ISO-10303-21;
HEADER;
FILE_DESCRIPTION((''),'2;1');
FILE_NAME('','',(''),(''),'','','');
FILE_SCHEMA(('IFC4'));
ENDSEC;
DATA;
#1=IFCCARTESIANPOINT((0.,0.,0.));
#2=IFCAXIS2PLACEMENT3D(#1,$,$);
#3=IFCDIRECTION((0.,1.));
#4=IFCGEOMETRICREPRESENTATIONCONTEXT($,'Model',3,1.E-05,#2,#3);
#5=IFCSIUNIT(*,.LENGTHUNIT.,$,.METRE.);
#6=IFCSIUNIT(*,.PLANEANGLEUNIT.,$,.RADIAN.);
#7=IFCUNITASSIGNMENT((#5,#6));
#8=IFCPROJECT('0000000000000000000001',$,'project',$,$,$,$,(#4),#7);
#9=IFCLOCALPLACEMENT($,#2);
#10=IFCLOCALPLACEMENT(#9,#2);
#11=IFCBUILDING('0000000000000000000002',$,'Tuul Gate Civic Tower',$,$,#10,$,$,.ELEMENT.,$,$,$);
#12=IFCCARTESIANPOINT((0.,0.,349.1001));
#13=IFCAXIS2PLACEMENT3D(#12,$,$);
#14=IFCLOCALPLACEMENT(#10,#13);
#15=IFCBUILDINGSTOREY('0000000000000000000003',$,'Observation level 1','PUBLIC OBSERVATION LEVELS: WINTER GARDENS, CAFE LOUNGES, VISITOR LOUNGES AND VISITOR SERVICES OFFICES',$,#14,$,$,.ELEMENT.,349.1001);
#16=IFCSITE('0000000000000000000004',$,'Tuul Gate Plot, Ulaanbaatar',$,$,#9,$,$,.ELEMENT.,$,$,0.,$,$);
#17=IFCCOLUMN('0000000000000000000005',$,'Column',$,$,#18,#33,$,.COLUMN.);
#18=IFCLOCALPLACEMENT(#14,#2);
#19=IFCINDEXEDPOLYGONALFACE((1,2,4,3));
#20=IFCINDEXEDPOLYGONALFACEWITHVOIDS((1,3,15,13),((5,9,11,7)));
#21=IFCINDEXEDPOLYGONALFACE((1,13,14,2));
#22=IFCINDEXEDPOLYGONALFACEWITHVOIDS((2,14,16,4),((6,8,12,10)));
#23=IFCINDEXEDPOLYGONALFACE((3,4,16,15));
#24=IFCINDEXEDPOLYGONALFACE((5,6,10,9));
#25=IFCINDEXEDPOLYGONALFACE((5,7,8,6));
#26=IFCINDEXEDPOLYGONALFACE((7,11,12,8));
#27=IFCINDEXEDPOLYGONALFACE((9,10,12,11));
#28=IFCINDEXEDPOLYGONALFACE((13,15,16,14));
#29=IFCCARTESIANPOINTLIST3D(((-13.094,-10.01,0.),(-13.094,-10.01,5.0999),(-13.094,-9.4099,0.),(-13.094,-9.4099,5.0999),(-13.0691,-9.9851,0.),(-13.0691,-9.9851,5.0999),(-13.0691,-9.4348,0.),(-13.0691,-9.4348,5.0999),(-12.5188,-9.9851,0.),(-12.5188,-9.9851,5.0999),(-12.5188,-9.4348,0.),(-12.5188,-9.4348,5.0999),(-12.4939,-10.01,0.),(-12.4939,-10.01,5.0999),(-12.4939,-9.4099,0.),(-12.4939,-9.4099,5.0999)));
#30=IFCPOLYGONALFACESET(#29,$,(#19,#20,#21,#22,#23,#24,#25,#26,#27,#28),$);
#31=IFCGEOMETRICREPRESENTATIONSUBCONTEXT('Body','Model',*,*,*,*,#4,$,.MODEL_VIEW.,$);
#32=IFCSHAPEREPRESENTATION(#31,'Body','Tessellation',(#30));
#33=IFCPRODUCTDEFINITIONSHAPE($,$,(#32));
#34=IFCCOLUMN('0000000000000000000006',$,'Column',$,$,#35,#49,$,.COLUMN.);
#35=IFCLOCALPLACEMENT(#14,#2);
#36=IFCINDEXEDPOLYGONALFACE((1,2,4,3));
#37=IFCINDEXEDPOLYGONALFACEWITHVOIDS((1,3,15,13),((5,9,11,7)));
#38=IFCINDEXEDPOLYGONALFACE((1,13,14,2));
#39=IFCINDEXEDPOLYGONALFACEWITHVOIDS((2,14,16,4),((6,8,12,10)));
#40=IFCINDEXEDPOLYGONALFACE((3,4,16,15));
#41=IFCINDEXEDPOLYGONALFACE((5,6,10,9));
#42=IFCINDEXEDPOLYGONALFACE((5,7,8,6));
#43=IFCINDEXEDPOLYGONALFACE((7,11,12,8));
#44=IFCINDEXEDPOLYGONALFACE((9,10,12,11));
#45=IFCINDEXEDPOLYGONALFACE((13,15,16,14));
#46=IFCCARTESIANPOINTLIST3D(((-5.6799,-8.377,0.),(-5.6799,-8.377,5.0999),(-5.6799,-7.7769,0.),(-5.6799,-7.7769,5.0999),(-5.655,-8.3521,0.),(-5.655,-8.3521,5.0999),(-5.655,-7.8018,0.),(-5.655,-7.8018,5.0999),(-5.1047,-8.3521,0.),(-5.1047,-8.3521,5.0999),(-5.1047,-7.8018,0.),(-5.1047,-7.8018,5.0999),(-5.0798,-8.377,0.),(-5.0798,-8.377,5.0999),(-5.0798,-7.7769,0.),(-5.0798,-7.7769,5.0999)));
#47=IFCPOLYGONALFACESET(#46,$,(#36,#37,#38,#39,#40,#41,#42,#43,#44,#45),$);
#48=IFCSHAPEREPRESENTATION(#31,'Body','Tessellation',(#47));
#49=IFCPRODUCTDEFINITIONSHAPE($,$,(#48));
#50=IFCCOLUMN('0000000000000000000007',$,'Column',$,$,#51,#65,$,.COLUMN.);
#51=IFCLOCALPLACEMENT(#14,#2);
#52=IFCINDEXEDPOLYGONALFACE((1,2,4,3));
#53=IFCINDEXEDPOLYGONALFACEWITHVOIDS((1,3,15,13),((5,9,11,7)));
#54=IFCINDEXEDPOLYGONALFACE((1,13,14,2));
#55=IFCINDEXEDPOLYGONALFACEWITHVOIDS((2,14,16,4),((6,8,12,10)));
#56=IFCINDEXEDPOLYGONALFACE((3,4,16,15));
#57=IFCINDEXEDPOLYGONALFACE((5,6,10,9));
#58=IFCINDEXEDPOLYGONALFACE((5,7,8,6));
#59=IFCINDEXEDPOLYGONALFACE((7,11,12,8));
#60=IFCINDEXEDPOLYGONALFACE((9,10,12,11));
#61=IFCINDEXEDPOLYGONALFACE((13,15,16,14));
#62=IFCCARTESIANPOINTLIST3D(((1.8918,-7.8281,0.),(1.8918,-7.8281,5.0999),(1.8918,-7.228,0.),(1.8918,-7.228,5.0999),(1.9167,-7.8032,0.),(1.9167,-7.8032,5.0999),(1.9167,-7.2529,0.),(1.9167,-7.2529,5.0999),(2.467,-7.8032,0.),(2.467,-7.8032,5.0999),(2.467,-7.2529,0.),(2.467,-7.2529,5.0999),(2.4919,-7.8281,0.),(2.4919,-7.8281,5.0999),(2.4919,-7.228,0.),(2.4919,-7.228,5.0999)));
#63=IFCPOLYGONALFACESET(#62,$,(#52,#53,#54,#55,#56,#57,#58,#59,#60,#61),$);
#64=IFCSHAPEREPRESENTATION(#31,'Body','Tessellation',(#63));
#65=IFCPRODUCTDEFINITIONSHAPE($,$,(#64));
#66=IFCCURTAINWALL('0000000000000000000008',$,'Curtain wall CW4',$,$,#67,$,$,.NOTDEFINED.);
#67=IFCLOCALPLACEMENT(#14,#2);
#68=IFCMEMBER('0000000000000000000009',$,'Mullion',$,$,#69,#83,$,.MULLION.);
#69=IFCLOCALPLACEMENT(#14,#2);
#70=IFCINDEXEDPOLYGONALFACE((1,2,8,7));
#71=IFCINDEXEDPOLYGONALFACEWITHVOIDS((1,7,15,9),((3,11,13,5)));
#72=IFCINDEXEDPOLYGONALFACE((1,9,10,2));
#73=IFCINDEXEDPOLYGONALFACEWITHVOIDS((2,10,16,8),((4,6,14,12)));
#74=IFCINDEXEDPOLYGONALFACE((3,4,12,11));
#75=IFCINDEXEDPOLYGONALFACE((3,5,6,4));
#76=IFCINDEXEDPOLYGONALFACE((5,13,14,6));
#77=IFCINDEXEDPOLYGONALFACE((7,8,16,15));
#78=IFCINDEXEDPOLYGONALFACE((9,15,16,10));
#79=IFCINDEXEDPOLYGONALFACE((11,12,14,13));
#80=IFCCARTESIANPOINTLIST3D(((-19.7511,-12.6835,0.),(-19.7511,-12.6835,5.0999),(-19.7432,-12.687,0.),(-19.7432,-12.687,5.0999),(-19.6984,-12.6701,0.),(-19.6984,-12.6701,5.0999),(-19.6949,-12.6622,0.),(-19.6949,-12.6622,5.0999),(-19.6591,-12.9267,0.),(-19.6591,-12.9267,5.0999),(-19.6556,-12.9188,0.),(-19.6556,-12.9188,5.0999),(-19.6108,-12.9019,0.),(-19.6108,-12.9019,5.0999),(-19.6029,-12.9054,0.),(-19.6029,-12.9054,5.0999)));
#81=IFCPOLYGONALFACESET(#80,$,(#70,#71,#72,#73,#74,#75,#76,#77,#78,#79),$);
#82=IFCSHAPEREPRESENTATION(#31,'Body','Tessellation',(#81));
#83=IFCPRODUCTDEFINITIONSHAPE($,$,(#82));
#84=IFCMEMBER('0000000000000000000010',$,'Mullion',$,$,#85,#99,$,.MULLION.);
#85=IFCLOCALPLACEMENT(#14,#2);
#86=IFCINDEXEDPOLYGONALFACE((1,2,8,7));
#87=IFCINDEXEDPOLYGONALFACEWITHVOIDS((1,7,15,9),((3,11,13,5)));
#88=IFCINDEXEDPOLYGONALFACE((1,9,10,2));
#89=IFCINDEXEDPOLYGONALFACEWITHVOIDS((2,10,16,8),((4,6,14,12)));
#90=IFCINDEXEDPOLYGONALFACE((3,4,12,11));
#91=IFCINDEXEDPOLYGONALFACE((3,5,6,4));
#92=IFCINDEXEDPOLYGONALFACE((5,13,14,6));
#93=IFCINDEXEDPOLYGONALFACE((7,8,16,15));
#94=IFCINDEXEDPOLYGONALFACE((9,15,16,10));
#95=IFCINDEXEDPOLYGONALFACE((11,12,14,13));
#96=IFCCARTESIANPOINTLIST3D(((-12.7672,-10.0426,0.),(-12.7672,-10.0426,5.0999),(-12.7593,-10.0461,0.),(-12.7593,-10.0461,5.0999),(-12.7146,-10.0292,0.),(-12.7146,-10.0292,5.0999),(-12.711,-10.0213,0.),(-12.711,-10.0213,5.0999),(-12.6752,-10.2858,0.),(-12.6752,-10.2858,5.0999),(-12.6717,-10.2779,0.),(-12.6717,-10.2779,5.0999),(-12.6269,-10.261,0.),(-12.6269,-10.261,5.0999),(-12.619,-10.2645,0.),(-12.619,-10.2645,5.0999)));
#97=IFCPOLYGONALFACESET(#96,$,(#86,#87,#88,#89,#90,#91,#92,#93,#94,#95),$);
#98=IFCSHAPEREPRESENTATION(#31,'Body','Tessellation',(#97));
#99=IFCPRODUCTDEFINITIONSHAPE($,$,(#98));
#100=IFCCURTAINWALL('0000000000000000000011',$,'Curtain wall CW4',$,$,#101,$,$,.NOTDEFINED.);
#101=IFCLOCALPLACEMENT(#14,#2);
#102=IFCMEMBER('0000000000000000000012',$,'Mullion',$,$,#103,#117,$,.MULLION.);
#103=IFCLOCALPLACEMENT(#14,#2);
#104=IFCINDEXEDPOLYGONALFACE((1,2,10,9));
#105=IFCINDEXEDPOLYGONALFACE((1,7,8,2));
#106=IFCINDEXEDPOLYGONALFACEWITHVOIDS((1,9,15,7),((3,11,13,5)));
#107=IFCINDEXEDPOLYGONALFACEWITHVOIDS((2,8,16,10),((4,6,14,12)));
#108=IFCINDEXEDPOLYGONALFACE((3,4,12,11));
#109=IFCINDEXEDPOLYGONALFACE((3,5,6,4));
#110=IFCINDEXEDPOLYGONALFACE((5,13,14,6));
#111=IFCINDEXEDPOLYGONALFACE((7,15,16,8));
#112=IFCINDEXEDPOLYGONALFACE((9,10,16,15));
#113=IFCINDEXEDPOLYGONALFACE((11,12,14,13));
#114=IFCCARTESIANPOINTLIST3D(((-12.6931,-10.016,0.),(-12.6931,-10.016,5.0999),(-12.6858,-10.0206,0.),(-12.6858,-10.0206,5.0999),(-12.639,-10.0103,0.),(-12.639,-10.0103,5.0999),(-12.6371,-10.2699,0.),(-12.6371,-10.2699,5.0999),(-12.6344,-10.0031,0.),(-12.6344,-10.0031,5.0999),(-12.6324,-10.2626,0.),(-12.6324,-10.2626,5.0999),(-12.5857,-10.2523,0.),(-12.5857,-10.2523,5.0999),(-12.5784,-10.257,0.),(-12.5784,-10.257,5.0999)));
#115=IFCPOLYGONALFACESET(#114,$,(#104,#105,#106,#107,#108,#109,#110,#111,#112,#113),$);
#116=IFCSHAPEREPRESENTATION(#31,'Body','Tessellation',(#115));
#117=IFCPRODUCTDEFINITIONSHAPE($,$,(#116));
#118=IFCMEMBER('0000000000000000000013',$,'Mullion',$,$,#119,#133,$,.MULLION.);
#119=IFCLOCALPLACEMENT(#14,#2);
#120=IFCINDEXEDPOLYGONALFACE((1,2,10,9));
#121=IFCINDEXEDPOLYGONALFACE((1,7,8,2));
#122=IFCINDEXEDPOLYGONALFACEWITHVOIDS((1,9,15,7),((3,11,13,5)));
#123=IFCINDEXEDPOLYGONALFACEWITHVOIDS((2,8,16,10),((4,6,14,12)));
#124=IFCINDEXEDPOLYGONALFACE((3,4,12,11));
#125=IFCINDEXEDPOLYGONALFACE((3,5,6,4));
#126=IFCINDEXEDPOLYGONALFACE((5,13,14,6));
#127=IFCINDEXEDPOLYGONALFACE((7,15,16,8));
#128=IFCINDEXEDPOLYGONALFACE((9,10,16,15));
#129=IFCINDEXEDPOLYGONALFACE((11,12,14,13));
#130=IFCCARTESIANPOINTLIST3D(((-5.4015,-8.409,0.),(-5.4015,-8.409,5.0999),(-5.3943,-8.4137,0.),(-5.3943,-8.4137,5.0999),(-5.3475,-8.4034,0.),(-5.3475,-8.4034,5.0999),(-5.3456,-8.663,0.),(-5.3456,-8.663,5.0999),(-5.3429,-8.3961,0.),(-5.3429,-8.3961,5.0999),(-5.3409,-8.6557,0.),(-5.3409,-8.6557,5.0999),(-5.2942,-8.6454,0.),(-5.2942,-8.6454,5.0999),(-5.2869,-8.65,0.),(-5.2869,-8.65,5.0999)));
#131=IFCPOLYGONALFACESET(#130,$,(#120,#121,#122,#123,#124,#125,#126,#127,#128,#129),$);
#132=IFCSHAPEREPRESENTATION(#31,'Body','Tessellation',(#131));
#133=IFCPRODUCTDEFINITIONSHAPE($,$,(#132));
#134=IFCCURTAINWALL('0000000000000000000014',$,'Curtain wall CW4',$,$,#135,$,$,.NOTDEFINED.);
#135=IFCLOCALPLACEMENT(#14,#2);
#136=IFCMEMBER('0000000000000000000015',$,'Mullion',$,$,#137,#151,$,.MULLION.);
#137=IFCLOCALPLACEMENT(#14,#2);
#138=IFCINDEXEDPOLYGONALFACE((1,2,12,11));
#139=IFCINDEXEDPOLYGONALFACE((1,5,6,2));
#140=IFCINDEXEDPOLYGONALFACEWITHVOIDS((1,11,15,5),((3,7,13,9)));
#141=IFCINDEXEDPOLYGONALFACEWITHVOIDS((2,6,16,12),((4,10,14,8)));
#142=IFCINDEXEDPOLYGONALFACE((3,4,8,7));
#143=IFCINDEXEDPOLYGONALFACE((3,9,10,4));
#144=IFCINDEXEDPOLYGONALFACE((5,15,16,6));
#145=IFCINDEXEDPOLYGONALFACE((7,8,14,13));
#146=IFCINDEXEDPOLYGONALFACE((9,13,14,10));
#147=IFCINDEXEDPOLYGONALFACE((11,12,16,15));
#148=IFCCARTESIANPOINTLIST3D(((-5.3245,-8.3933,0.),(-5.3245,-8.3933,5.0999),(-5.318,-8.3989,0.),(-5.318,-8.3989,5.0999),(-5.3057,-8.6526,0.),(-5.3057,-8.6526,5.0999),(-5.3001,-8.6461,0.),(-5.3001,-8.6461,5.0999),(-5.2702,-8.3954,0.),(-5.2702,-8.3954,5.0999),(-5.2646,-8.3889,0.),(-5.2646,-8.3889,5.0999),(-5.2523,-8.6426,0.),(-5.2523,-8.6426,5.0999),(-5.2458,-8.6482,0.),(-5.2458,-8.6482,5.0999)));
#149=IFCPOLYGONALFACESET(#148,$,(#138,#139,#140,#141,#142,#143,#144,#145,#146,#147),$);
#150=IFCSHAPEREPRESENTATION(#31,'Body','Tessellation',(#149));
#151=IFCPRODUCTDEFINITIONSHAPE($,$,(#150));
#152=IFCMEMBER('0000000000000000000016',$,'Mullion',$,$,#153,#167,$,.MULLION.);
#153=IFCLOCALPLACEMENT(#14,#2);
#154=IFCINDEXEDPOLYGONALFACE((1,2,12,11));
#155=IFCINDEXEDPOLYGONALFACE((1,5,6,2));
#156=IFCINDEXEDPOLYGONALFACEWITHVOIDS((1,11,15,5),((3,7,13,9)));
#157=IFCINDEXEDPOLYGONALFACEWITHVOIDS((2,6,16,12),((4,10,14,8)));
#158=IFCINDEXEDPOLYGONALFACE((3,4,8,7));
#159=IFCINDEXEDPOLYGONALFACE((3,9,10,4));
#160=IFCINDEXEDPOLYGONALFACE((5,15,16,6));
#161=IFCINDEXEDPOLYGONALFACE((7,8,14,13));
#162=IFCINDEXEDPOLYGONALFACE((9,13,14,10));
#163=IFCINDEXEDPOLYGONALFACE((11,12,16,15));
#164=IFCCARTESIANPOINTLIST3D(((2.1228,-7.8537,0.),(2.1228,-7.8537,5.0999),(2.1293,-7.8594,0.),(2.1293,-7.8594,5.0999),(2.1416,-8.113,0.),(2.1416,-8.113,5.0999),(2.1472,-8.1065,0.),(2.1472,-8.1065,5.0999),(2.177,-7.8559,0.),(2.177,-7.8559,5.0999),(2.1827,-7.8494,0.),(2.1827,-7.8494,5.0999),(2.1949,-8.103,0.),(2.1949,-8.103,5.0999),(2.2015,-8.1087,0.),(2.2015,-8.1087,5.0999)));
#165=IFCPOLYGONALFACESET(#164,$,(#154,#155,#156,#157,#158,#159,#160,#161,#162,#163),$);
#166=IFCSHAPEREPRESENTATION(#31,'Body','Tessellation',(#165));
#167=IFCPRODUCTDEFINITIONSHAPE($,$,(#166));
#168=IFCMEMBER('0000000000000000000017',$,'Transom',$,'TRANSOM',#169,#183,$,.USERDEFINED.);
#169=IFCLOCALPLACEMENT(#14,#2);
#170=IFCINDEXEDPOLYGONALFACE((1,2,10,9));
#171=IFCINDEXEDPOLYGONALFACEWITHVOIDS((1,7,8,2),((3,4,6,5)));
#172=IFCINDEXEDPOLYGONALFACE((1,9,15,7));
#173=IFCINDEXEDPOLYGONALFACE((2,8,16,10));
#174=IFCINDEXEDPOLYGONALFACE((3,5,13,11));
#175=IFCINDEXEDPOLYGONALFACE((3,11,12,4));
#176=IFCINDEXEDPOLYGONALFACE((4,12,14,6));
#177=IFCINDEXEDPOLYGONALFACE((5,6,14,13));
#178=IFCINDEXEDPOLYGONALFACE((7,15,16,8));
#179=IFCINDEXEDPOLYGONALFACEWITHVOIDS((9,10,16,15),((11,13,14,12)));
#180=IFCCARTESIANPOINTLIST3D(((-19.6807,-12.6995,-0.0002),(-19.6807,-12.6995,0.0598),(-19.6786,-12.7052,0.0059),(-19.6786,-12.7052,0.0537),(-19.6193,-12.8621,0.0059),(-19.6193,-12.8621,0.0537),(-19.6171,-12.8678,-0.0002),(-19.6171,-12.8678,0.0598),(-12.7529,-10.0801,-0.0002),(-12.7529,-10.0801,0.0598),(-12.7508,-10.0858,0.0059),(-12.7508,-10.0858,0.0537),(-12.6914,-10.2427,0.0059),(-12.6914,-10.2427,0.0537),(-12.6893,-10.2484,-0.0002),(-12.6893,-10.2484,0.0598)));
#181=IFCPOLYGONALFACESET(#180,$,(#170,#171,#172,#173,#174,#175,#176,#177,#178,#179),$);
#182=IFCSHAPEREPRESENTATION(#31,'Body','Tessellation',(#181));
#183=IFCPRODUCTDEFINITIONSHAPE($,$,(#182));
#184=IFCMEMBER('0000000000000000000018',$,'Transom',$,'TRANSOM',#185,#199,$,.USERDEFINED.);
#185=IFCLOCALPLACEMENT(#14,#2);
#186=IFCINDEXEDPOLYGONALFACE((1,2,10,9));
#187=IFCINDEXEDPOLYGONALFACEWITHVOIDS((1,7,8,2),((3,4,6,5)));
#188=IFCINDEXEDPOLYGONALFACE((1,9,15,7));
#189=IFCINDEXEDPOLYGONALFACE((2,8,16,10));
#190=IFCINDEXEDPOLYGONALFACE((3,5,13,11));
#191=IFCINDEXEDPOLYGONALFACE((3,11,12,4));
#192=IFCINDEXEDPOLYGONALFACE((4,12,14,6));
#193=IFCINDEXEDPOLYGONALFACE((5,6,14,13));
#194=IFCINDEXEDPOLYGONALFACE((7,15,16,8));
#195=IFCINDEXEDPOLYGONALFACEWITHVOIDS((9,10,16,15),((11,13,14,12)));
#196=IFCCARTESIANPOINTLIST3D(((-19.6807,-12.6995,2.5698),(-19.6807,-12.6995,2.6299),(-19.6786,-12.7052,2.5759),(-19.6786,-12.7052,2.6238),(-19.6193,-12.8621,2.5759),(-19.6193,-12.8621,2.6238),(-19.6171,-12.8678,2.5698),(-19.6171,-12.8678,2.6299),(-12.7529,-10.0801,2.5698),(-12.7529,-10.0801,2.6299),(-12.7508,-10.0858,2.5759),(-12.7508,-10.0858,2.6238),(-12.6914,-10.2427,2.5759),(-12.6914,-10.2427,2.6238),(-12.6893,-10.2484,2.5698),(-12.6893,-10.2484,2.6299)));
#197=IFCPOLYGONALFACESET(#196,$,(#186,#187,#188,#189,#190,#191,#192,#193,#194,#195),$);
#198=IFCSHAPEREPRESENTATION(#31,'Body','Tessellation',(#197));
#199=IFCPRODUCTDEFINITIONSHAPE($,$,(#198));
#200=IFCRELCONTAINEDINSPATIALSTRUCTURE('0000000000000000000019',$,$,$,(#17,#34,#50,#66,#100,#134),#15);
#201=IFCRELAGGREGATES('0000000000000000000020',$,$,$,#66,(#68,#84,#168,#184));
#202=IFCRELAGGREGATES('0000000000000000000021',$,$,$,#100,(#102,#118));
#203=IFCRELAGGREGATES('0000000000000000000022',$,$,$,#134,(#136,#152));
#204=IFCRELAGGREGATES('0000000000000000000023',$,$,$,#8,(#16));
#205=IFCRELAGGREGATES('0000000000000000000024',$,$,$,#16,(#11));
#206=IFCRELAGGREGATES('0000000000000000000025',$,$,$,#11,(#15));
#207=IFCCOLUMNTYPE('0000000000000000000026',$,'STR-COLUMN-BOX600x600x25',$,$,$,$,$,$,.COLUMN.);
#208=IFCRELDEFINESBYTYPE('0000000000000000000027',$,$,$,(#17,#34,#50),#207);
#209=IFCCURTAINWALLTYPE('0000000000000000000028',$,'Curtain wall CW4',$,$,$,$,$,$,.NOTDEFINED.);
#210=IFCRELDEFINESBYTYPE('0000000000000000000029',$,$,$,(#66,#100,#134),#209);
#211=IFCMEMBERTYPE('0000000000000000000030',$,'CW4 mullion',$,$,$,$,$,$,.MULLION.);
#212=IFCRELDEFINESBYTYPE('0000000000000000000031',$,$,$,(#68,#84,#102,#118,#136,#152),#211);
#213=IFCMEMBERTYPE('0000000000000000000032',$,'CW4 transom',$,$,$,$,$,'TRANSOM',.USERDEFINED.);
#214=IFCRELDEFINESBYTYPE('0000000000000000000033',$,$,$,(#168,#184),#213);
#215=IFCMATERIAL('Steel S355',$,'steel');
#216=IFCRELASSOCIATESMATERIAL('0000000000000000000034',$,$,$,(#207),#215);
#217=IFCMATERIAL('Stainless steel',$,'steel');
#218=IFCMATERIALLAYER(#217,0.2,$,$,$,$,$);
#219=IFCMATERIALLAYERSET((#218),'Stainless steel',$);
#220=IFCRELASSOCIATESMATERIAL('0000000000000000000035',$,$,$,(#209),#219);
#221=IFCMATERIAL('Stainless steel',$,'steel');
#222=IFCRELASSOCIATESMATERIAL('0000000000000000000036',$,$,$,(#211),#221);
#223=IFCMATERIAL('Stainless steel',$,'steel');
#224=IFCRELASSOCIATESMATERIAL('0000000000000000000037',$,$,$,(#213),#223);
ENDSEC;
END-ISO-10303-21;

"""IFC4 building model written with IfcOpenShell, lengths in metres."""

from ifc_helpers import new_model, si_unit, direction, frame, origin, origin_2d, place, context, subcontext, project, spatial, hollow_rectangle, extrude, material, layer, layer_set, material_profile, profile_set, type_object, element, aggregate, save


model = new_model("IFC4")

# Units and contexts
model_context = context("Model", 3, precision=1e-05, world=origin(), true_north=direction((0.0, 1.0)))
body_context = subcontext(model_context, "Body", "Model", "MODEL_VIEW")
ifc_project = project(units=[si_unit("LENGTHUNIT", "METRE"), si_unit("PLANEANGLEUNIT", "RADIAN")], contexts=[model_context])

# Site, building, storey
site_placement = place(None, origin())
site = spatial("IfcSite", under=ifc_project, at=site_placement, Name="Tuul Gate Plot, Ulaanbaatar", CompositionType="ELEMENT", RefElevation=0.0)
building_placement = place(site_placement, origin())
building = spatial("IfcBuilding", under=site, at=building_placement, Name="Tuul Gate Civic Tower", CompositionType="ELEMENT")
storey_placement = place(building_placement, frame((0.0, 0.0, 349.1001)))
storey = spatial("IfcBuildingStorey", under=building, at=storey_placement, Name="Observation level 1", Description="PUBLIC OBSERVATION LEVELS: WINTER GARDENS, CAFE LOUNGES, VISITOR LOUNGES AND VISITOR SERVICES OFFICES", CompositionType="ELEMENT", Elevation=349.1001)

# Columns
ifc_material_1 = material(Name="Steel S355", Category="steel")
ifc_material_profile_1 = material_profile(ifc_material_1, hollow_rectangle(XDim=0.6001, YDim=0.6001, WallThickness=0.0249, at=origin_2d()), Name="BOX600x600x25")
ifc_profile_set_1 = profile_set([ifc_material_profile_1], Name="Steel S355")
column_type = type_object("IfcColumnType", Name="STR-COLUMN-BOX600x600x25", PredefinedType="COLUMN", material=ifc_profile_set_1)
for number, where, z_axis, x_axis, name in (
    (1, (-12.7939, -9.71, 0.0), (0.0, 0.0, 1.0), (1.0, 0.0, 0.0), "Column"),
    (2, (-5.3799, -8.0769, 0.0), (0.0, 0.0, 1.0), (1.0, 0.0, 0.0), "Column"),
    (3, (2.1919, -7.5281, 0.0), (0.0, 0.0, 1.0), (1.0, 0.0, 0.0), "Column"),
):
    element("IfcColumn", number, at=place(storey_placement, frame(where, z_axis=z_axis, x_axis=x_axis)), inside=storey, type_object=column_type, Name=name, PredefinedType="COLUMN", context=body_context, shape_type="SweptSolid", body=[
        extrude(hollow_rectangle(XDim=0.6001, YDim=0.6001, WallThickness=0.0249, at=origin_2d()), origin(), (0.0, 0.0, 1.0), 5.0999),
    ])

# Curtain walls, members
ifc_material_2 = material(Name="Stainless steel", Category="steel")
ifc_layer_1 = layer(ifc_material_2, 0.2)
ifc_layer_set_1 = layer_set([ifc_layer_1], Name="Stainless steel")
curtain_wall_type = type_object("IfcCurtainWallType", Name="Curtain wall CW4", PredefinedType="NOTDEFINED", material=ifc_layer_set_1)
curtain_wall_1_placement = place(storey_placement, origin())
curtain_wall_1 = element("IfcCurtainWall", 4, at=curtain_wall_1_placement, inside=storey, type_object=curtain_wall_type, Name="Curtain wall CW4", PredefinedType="NOTDEFINED")
ifc_material_3 = material(Name="Stainless steel", Category="steel")
ifc_material_profile_2 = material_profile(ifc_material_3, hollow_rectangle(XDim=0.26, YDim=0.0601, WallThickness=0.0061, at=origin_2d()), Name="CW4 mullion")
ifc_profile_set_2 = profile_set([ifc_material_profile_2], Name="Stainless steel")
member_type_1 = type_object("IfcMemberType", Name="CW4 mullion", PredefinedType="MULLION", material=ifc_profile_set_2)
member_1_placement = place(storey_placement, frame((-19.677, -12.7944, 0.0), z_axis=(0.0, 0.0, 1.0), x_axis=(-0.353685, 0.935365, 0.0)))
member_1 = element("IfcMember", 5, at=member_1_placement, type_object=member_type_1, Name="Mullion", PredefinedType="MULLION", context=body_context, shape_type="SweptSolid", body=[
    extrude(hollow_rectangle(XDim=0.26, YDim=0.0601, WallThickness=0.0061, at=origin_2d()), origin(), (0.0, 0.0, 1.0), 5.0999),
])
member_2_placement = place(storey_placement, frame((-12.6931, -10.1536, 0.0), z_axis=(0.0, 0.0, 1.0), x_axis=(-0.353685, 0.935365, 0.0)))
member_2 = element("IfcMember", 6, at=member_2_placement, type_object=member_type_1, Name="Mullion", PredefinedType="MULLION", context=body_context, shape_type="SweptSolid", body=[
    extrude(hollow_rectangle(XDim=0.26, YDim=0.0601, WallThickness=0.0061, at=origin_2d()), origin(), (0.0, 0.0, 1.0), 5.0999),
])
curtain_wall_2_placement = place(storey_placement, origin())
curtain_wall_2 = element("IfcCurtainWall", 7, at=curtain_wall_2_placement, inside=storey, type_object=curtain_wall_type, Name="Curtain wall CW4", PredefinedType="NOTDEFINED")
member_3_placement = place(storey_placement, frame((-12.6357, -10.1365, 0.0), z_axis=(0.0, 0.0, 1.0), x_axis=(-0.215242, 0.976561, 0.0)))
member_3 = element("IfcMember", 8, at=member_3_placement, type_object=member_type_1, Name="Mullion", PredefinedType="MULLION", context=body_context, shape_type="SweptSolid", body=[
    extrude(hollow_rectangle(XDim=0.26, YDim=0.0601, WallThickness=0.0061, at=origin_2d()), origin(), (0.0, 0.0, 1.0), 5.0999),
])
member_4_placement = place(storey_placement, frame((-5.3442, -8.5295, 0.0), z_axis=(0.0, 0.0, 1.0), x_axis=(-0.215242, 0.976561, 0.0)))
member_4 = element("IfcMember", 9, at=member_4_placement, type_object=member_type_1, Name="Mullion", PredefinedType="MULLION", context=body_context, shape_type="SweptSolid", body=[
    extrude(hollow_rectangle(XDim=0.26, YDim=0.0601, WallThickness=0.0061, at=origin_2d()), origin(), (0.0, 0.0, 1.0), 5.0999),
])
curtain_wall_3_placement = place(storey_placement, origin())
curtain_wall_3 = element("IfcCurtainWall", 10, at=curtain_wall_3_placement, inside=storey, type_object=curtain_wall_type, Name="Curtain wall CW4", PredefinedType="NOTDEFINED")
member_5_placement = place(storey_placement, frame((-5.2852, -8.5208, 0.0), z_axis=(0.0, 0.0, 1.0), x_axis=(-0.072276, 0.997385, 0.0)))
member_5 = element("IfcMember", 11, at=member_5_placement, type_object=member_type_1, Name="Mullion", PredefinedType="MULLION", context=body_context, shape_type="SweptSolid", body=[
    extrude(hollow_rectangle(XDim=0.26, YDim=0.0601, WallThickness=0.0061, at=origin_2d()), origin(), (0.0, 0.0, 1.0), 5.0999),
])
member_6_placement = place(storey_placement, frame((2.1621, -7.9812, 0.0), z_axis=(0.0, 0.0, 1.0), x_axis=(-0.072276, 0.997385, 0.0)))
member_6 = element("IfcMember", 12, at=member_6_placement, type_object=member_type_1, Name="Mullion", PredefinedType="MULLION", context=body_context, shape_type="SweptSolid", body=[
    extrude(hollow_rectangle(XDim=0.26, YDim=0.0601, WallThickness=0.0061, at=origin_2d()), origin(), (0.0, 0.0, 1.0), 5.0999),
])

# Members
ifc_material_4 = material(Name="Stainless steel", Category="steel")
ifc_material_profile_3 = material_profile(ifc_material_4, hollow_rectangle(XDim=0.1799, YDim=0.0601, WallThickness=0.0061, at=origin_2d()), Name="CW4 transom")
ifc_profile_set_3 = profile_set([ifc_material_profile_3], Name="Stainless steel")
member_type_2 = type_object("IfcMemberType", Name="CW4 transom", ElementType="TRANSOM", PredefinedType="USERDEFINED", material=ifc_profile_set_3)
member_7_placement = place(storey_placement, frame((-19.6489, -12.7837, 0.0298), z_axis=(0.935372, 0.353665, 0.0), x_axis=(-0.353665, 0.935372, 0.0)))
member_7 = element("IfcMember", 13, at=member_7_placement, type_object=member_type_2, Name="Transom", ObjectType="TRANSOM", PredefinedType="USERDEFINED", context=body_context, shape_type="SweptSolid", body=[
    extrude(hollow_rectangle(XDim=0.1799, YDim=0.0601, WallThickness=0.0061, at=origin_2d()), origin(), (0.0, 0.0, 1.0), 7.4065),
])
member_8_placement = place(storey_placement, frame((-19.6489, -12.7837, 2.5999), z_axis=(0.935372, 0.353665, 0.0), x_axis=(-0.353665, 0.935372, 0.0)))
member_8 = element("IfcMember", 14, at=member_8_placement, type_object=member_type_2, Name="Transom", ObjectType="TRANSOM", PredefinedType="USERDEFINED", context=body_context, shape_type="SweptSolid", body=[
    extrude(hollow_rectangle(XDim=0.1799, YDim=0.0601, WallThickness=0.0061, at=origin_2d()), origin(), (0.0, 0.0, 1.0), 7.4065),
])

aggregate(curtain_wall_1, [member_1, member_2, member_7, member_8])
aggregate(curtain_wall_2, [member_3, member_4])
aggregate(curtain_wall_3, [member_5, member_6])

save(model, "model.ifc")
